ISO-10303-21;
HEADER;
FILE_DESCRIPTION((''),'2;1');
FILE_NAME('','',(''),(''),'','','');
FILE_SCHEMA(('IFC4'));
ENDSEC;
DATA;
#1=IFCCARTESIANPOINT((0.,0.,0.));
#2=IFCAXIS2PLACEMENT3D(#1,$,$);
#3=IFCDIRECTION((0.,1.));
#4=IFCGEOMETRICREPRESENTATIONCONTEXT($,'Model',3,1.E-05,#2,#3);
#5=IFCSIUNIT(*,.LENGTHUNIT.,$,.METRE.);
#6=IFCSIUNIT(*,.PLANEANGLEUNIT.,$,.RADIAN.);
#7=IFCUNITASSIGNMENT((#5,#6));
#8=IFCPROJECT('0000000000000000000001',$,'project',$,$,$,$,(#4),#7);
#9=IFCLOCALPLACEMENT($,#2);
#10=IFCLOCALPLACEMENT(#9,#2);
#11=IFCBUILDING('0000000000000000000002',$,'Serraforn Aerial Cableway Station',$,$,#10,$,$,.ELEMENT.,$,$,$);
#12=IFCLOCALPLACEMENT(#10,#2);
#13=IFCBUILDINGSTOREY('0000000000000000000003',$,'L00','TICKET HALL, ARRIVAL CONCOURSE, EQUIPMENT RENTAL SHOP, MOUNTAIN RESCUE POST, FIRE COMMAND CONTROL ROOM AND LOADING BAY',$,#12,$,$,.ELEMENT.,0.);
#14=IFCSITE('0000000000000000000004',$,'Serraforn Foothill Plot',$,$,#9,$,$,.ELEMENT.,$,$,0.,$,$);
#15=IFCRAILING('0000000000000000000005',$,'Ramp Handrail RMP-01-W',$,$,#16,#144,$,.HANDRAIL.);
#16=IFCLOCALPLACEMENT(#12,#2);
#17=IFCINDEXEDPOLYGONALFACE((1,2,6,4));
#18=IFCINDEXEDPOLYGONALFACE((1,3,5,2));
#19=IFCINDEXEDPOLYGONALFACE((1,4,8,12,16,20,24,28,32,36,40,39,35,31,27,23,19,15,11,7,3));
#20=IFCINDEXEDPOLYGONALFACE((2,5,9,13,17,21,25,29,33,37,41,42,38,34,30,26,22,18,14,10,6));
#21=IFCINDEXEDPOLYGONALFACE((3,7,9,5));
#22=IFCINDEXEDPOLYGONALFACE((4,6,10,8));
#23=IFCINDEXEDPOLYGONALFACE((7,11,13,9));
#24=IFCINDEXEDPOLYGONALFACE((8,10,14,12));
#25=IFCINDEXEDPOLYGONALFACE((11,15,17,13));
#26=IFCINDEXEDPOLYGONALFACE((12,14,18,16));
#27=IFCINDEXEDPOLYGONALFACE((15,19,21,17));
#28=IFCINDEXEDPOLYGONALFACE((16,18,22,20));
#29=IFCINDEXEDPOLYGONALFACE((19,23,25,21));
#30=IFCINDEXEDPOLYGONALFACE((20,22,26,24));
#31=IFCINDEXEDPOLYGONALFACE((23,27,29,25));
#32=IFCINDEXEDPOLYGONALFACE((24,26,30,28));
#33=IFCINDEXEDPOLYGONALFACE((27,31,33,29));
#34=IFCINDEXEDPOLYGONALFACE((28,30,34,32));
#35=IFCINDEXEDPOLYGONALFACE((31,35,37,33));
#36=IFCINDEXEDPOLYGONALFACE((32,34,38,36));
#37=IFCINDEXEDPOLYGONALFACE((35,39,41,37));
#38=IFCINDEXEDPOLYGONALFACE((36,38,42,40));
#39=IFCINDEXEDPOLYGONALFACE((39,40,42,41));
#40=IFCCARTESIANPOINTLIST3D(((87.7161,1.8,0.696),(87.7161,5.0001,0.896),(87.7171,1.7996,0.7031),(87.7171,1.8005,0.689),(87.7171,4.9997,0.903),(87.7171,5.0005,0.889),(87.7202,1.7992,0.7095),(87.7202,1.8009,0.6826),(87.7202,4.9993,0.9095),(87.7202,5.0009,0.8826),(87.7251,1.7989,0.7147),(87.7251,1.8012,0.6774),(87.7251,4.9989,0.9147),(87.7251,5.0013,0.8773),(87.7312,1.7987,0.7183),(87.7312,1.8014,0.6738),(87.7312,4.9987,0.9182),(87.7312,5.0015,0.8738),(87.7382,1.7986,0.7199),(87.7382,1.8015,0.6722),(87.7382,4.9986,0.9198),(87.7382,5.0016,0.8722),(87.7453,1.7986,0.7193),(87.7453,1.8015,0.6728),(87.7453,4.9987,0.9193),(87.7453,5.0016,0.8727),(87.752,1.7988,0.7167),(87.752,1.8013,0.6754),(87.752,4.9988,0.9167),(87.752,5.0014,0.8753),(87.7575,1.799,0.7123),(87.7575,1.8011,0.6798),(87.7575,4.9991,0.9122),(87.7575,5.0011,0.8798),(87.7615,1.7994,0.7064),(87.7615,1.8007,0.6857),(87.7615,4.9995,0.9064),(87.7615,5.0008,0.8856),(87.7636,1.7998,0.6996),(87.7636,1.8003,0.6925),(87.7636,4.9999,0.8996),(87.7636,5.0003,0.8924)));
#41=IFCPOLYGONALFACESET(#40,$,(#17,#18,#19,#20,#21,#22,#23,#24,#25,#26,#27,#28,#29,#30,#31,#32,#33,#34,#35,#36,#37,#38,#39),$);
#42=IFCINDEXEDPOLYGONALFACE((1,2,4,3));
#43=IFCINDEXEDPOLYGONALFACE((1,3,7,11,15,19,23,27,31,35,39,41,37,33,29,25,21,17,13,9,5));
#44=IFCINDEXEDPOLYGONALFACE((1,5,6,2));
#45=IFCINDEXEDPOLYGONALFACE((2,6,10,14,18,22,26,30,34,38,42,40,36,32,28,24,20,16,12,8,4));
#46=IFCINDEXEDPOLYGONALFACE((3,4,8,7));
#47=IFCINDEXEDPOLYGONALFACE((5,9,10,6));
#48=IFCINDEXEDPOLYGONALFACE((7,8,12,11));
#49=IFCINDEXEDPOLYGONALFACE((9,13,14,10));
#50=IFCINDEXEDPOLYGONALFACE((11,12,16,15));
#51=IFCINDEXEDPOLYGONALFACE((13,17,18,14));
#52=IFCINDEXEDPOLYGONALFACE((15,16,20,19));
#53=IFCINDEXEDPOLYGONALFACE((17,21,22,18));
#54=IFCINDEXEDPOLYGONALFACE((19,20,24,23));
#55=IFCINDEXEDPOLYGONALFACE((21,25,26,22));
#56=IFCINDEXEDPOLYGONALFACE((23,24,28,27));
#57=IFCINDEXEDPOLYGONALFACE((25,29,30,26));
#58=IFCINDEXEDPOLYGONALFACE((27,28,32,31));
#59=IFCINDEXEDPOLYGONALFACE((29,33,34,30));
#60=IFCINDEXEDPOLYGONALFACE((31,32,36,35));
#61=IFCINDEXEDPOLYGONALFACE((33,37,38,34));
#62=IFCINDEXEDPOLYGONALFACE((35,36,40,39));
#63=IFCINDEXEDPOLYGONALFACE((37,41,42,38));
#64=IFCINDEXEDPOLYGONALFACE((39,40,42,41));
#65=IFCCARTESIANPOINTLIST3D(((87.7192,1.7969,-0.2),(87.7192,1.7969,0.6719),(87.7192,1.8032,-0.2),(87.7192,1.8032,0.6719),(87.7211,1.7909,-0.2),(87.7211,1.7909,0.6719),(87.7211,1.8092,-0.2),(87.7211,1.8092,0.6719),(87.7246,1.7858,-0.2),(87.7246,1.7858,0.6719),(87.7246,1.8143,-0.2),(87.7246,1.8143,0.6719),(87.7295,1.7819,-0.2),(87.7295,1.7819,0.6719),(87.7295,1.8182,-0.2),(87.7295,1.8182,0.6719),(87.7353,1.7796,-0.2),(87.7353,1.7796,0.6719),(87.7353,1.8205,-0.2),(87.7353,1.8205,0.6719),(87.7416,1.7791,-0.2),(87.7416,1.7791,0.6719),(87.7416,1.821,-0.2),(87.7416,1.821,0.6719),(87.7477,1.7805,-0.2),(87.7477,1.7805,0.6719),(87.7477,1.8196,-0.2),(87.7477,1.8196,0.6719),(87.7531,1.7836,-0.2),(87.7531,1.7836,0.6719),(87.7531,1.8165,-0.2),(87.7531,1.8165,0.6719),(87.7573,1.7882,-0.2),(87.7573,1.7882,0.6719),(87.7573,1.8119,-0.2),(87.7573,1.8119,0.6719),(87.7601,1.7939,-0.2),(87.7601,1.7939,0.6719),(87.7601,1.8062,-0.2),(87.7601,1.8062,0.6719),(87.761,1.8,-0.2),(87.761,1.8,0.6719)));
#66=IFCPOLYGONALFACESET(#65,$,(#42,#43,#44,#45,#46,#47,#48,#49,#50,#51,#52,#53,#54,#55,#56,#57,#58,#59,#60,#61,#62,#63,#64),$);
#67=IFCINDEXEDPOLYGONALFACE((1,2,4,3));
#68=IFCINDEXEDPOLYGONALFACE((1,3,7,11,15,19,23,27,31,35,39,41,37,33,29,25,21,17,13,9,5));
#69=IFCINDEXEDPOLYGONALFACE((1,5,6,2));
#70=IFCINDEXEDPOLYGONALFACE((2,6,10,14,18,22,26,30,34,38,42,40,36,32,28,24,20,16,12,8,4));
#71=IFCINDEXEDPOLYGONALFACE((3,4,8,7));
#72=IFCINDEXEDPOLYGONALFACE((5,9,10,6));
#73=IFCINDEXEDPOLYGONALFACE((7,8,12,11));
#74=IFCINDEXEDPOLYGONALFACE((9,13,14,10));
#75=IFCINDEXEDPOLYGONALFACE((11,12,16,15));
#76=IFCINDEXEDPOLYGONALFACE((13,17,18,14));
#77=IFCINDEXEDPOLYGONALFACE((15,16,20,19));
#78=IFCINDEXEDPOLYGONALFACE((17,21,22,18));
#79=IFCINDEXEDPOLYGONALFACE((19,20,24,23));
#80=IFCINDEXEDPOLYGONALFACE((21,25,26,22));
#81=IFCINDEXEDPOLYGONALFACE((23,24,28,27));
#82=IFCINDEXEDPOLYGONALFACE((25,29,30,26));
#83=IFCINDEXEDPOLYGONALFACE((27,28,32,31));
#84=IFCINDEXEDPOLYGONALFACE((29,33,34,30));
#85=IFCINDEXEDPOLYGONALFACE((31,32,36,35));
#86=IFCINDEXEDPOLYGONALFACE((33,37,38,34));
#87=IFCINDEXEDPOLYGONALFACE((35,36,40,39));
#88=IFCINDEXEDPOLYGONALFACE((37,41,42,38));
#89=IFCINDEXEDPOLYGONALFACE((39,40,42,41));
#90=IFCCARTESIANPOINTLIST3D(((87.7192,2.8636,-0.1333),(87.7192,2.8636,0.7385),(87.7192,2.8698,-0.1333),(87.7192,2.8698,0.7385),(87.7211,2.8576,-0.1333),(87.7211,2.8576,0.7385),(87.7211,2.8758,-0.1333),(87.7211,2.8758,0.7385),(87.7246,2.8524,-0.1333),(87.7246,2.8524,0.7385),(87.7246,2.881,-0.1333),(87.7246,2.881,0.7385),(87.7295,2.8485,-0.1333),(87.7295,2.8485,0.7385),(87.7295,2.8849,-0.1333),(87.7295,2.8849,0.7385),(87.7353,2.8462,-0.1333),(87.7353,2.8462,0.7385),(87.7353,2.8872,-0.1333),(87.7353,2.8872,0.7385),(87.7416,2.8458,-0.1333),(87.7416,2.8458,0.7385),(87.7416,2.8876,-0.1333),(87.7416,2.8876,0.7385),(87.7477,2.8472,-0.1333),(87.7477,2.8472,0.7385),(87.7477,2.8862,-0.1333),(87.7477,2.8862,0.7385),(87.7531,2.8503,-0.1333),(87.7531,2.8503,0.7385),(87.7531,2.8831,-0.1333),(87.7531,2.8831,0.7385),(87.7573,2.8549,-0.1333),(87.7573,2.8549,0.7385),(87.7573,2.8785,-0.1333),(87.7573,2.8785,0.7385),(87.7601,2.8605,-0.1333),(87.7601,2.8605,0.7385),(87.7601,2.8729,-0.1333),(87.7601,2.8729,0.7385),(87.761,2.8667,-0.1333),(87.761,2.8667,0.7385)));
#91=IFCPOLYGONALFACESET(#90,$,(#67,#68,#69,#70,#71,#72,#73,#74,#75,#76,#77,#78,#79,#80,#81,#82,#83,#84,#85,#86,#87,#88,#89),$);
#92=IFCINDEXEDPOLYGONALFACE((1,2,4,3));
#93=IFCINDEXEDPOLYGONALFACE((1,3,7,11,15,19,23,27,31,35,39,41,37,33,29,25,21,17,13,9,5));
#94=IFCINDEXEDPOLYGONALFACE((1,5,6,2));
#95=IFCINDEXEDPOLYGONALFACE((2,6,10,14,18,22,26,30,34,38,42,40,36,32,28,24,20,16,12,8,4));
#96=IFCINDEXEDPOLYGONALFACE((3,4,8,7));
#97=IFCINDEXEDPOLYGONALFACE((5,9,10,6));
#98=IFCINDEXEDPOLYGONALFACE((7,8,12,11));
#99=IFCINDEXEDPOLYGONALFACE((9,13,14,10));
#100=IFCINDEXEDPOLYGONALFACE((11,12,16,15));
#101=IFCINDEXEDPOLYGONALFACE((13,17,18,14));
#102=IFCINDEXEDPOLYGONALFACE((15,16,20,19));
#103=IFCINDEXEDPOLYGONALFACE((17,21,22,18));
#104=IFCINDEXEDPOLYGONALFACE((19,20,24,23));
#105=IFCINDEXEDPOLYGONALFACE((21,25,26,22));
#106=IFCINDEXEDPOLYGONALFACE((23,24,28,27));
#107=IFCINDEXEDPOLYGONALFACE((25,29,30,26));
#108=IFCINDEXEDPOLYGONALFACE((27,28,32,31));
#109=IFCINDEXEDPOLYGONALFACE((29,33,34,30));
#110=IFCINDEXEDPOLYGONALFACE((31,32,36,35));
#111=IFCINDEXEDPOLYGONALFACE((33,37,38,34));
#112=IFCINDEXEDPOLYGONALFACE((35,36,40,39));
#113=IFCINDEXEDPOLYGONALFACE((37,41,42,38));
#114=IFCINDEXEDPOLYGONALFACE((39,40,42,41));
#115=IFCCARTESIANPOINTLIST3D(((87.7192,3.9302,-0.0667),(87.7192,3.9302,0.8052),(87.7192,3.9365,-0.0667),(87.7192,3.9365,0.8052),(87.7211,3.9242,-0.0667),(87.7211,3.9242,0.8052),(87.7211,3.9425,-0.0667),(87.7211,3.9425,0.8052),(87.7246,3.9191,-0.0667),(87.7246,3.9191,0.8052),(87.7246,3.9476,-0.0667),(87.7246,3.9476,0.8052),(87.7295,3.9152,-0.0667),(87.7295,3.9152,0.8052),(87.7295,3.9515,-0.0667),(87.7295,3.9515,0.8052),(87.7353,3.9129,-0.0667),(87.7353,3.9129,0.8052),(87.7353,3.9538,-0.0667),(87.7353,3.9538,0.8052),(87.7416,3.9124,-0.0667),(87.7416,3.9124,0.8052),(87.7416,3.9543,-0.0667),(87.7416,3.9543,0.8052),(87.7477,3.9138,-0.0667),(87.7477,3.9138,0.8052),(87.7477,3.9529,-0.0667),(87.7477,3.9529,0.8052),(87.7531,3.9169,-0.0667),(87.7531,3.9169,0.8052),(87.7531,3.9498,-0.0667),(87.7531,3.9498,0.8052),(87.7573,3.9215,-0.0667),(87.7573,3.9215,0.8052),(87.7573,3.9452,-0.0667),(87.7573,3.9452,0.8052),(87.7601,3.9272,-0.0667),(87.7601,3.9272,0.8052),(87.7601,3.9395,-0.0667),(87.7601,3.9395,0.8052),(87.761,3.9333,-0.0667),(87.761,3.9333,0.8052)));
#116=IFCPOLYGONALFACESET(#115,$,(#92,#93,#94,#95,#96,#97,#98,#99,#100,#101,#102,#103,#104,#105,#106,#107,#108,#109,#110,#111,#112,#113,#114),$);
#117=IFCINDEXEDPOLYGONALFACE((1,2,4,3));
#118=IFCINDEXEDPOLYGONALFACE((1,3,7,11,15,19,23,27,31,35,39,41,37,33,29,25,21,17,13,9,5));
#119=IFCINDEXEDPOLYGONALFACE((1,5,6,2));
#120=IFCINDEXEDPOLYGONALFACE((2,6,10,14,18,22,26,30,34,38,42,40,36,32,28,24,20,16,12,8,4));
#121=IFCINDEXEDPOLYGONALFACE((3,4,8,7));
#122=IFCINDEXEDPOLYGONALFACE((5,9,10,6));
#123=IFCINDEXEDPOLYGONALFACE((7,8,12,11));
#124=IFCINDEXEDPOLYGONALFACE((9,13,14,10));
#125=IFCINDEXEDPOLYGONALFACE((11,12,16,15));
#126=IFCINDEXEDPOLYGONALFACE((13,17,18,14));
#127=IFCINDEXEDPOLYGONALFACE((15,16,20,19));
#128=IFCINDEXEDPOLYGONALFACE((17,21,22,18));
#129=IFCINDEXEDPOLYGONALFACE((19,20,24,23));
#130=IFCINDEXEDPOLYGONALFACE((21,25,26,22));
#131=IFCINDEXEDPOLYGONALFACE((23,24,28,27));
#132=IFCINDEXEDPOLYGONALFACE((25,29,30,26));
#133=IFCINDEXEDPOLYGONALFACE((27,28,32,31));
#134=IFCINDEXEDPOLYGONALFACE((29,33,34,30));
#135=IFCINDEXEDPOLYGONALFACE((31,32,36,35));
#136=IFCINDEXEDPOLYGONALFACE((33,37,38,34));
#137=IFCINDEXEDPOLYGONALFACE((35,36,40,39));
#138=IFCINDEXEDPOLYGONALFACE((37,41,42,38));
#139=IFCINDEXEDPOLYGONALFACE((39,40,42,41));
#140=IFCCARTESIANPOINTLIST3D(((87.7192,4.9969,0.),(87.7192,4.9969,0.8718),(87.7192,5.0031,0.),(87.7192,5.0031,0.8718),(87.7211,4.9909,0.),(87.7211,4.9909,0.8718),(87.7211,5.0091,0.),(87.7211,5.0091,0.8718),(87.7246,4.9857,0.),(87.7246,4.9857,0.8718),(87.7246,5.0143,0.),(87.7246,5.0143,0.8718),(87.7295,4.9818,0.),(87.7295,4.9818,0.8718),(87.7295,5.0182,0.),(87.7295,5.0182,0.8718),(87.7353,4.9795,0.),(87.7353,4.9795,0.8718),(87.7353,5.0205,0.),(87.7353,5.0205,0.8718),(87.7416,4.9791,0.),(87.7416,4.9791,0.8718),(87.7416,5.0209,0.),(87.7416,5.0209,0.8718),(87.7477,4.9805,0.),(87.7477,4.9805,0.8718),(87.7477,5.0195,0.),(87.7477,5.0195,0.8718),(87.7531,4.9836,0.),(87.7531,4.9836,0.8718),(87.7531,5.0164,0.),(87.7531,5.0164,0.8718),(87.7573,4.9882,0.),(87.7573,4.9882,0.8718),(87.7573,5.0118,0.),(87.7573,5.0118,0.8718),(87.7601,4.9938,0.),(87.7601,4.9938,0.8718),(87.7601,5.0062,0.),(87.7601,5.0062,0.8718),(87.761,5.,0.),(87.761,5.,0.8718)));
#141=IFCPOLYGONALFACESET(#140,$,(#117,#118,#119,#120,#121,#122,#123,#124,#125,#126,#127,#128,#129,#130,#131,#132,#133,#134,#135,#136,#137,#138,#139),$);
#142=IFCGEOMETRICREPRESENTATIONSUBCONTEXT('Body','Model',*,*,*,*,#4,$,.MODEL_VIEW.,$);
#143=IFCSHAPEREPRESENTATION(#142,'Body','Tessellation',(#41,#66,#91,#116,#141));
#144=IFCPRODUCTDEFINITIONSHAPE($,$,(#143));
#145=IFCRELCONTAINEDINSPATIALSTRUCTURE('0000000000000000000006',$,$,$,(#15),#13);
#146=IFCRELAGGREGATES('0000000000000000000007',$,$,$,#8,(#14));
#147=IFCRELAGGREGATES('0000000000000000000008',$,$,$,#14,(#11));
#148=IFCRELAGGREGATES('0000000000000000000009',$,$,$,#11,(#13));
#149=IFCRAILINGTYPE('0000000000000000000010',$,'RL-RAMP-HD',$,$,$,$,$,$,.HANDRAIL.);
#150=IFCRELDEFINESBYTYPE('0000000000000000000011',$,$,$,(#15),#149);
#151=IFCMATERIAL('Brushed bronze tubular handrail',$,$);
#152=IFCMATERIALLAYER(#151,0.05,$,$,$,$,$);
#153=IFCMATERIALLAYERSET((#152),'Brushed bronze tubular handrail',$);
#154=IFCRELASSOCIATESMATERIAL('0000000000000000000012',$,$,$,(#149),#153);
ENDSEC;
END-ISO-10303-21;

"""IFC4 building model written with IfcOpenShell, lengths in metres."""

from ifc_helpers import new_model, si_unit, direction, frame, origin, origin_2d, place, context, subcontext, project, spatial, circle, extrude, material, layer, layer_set, type_object, element, save


model = new_model("IFC4")

# Units and contexts
model_context = context("Model", 3, precision=1e-05, world=origin(), true_north=direction((0.0, 1.0)))
body_context = subcontext(model_context, "Body", "Model", "MODEL_VIEW")
ifc_project = project(units=[si_unit("LENGTHUNIT", "METRE"), si_unit("PLANEANGLEUNIT", "RADIAN")], contexts=[model_context])

# Site, building, storey
site_placement = place(None, origin())
site = spatial("IfcSite", under=ifc_project, at=site_placement, Name="Serraforn Foothill Plot", CompositionType="ELEMENT", RefElevation=0.0)
building_placement = place(site_placement, origin())
building = spatial("IfcBuilding", under=site, at=building_placement, Name="Serraforn Aerial Cableway Station", CompositionType="ELEMENT")
storey_placement = place(building_placement, origin())
storey = spatial("IfcBuildingStorey", under=building, at=storey_placement, Name="L00", Description="TICKET HALL, ARRIVAL CONCOURSE, EQUIPMENT RENTAL SHOP, MOUNTAIN RESCUE POST, FIRE COMMAND CONTROL ROOM AND LOADING BAY", CompositionType="ELEMENT", Elevation=0.0)

# Railing
ifc_material_1 = material(Name="Brushed bronze tubular handrail")
ifc_layer = layer(ifc_material_1, 0.05)
ifc_layer_set = layer_set([ifc_layer], Name="Brushed bronze tubular handrail")
railing_type = type_object("IfcRailingType", Name="RL-RAMP-HD", PredefinedType="HANDRAIL", material=ifc_layer_set)
for number, where, name in (
    (1, (87.74, 1.8, -0.2), "Ramp Handrail RMP-01-W"),
):
    element("IfcRailing", number, at=place(storey_placement, frame(where)), inside=storey, type_object=railing_type, Name=name, PredefinedType="HANDRAIL", context=body_context, shape_type="SweptSolid", body=[
        extrude(circle(Radius=0.0239, at=origin_2d()), frame((0.0, 0.0, 0.896), z_axis=(0.0, 0.998053, 0.062364), x_axis=(-1.0, 0.0, 0.0)), (0.0, 0.0, 1.0), 3.2063),
        extrude(circle(Radius=0.021, at=origin_2d()), origin(), (0.0, 0.0, 1.0), 0.8718),
        extrude(circle(Radius=0.021, at=origin_2d()), frame((0.0, 1.0667, 0.0667)), (0.0, 0.0, 1.0), 0.8718),
        extrude(circle(Radius=0.021, at=origin_2d()), frame((0.0, 2.1333, 0.1333)), (0.0, 0.0, 1.0), 0.8718),
        extrude(circle(Radius=0.021, at=origin_2d()), frame((0.0, 3.2, 0.2)), (0.0, 0.0, 1.0), 0.8718),
    ])

save(model, "model.ifc")
